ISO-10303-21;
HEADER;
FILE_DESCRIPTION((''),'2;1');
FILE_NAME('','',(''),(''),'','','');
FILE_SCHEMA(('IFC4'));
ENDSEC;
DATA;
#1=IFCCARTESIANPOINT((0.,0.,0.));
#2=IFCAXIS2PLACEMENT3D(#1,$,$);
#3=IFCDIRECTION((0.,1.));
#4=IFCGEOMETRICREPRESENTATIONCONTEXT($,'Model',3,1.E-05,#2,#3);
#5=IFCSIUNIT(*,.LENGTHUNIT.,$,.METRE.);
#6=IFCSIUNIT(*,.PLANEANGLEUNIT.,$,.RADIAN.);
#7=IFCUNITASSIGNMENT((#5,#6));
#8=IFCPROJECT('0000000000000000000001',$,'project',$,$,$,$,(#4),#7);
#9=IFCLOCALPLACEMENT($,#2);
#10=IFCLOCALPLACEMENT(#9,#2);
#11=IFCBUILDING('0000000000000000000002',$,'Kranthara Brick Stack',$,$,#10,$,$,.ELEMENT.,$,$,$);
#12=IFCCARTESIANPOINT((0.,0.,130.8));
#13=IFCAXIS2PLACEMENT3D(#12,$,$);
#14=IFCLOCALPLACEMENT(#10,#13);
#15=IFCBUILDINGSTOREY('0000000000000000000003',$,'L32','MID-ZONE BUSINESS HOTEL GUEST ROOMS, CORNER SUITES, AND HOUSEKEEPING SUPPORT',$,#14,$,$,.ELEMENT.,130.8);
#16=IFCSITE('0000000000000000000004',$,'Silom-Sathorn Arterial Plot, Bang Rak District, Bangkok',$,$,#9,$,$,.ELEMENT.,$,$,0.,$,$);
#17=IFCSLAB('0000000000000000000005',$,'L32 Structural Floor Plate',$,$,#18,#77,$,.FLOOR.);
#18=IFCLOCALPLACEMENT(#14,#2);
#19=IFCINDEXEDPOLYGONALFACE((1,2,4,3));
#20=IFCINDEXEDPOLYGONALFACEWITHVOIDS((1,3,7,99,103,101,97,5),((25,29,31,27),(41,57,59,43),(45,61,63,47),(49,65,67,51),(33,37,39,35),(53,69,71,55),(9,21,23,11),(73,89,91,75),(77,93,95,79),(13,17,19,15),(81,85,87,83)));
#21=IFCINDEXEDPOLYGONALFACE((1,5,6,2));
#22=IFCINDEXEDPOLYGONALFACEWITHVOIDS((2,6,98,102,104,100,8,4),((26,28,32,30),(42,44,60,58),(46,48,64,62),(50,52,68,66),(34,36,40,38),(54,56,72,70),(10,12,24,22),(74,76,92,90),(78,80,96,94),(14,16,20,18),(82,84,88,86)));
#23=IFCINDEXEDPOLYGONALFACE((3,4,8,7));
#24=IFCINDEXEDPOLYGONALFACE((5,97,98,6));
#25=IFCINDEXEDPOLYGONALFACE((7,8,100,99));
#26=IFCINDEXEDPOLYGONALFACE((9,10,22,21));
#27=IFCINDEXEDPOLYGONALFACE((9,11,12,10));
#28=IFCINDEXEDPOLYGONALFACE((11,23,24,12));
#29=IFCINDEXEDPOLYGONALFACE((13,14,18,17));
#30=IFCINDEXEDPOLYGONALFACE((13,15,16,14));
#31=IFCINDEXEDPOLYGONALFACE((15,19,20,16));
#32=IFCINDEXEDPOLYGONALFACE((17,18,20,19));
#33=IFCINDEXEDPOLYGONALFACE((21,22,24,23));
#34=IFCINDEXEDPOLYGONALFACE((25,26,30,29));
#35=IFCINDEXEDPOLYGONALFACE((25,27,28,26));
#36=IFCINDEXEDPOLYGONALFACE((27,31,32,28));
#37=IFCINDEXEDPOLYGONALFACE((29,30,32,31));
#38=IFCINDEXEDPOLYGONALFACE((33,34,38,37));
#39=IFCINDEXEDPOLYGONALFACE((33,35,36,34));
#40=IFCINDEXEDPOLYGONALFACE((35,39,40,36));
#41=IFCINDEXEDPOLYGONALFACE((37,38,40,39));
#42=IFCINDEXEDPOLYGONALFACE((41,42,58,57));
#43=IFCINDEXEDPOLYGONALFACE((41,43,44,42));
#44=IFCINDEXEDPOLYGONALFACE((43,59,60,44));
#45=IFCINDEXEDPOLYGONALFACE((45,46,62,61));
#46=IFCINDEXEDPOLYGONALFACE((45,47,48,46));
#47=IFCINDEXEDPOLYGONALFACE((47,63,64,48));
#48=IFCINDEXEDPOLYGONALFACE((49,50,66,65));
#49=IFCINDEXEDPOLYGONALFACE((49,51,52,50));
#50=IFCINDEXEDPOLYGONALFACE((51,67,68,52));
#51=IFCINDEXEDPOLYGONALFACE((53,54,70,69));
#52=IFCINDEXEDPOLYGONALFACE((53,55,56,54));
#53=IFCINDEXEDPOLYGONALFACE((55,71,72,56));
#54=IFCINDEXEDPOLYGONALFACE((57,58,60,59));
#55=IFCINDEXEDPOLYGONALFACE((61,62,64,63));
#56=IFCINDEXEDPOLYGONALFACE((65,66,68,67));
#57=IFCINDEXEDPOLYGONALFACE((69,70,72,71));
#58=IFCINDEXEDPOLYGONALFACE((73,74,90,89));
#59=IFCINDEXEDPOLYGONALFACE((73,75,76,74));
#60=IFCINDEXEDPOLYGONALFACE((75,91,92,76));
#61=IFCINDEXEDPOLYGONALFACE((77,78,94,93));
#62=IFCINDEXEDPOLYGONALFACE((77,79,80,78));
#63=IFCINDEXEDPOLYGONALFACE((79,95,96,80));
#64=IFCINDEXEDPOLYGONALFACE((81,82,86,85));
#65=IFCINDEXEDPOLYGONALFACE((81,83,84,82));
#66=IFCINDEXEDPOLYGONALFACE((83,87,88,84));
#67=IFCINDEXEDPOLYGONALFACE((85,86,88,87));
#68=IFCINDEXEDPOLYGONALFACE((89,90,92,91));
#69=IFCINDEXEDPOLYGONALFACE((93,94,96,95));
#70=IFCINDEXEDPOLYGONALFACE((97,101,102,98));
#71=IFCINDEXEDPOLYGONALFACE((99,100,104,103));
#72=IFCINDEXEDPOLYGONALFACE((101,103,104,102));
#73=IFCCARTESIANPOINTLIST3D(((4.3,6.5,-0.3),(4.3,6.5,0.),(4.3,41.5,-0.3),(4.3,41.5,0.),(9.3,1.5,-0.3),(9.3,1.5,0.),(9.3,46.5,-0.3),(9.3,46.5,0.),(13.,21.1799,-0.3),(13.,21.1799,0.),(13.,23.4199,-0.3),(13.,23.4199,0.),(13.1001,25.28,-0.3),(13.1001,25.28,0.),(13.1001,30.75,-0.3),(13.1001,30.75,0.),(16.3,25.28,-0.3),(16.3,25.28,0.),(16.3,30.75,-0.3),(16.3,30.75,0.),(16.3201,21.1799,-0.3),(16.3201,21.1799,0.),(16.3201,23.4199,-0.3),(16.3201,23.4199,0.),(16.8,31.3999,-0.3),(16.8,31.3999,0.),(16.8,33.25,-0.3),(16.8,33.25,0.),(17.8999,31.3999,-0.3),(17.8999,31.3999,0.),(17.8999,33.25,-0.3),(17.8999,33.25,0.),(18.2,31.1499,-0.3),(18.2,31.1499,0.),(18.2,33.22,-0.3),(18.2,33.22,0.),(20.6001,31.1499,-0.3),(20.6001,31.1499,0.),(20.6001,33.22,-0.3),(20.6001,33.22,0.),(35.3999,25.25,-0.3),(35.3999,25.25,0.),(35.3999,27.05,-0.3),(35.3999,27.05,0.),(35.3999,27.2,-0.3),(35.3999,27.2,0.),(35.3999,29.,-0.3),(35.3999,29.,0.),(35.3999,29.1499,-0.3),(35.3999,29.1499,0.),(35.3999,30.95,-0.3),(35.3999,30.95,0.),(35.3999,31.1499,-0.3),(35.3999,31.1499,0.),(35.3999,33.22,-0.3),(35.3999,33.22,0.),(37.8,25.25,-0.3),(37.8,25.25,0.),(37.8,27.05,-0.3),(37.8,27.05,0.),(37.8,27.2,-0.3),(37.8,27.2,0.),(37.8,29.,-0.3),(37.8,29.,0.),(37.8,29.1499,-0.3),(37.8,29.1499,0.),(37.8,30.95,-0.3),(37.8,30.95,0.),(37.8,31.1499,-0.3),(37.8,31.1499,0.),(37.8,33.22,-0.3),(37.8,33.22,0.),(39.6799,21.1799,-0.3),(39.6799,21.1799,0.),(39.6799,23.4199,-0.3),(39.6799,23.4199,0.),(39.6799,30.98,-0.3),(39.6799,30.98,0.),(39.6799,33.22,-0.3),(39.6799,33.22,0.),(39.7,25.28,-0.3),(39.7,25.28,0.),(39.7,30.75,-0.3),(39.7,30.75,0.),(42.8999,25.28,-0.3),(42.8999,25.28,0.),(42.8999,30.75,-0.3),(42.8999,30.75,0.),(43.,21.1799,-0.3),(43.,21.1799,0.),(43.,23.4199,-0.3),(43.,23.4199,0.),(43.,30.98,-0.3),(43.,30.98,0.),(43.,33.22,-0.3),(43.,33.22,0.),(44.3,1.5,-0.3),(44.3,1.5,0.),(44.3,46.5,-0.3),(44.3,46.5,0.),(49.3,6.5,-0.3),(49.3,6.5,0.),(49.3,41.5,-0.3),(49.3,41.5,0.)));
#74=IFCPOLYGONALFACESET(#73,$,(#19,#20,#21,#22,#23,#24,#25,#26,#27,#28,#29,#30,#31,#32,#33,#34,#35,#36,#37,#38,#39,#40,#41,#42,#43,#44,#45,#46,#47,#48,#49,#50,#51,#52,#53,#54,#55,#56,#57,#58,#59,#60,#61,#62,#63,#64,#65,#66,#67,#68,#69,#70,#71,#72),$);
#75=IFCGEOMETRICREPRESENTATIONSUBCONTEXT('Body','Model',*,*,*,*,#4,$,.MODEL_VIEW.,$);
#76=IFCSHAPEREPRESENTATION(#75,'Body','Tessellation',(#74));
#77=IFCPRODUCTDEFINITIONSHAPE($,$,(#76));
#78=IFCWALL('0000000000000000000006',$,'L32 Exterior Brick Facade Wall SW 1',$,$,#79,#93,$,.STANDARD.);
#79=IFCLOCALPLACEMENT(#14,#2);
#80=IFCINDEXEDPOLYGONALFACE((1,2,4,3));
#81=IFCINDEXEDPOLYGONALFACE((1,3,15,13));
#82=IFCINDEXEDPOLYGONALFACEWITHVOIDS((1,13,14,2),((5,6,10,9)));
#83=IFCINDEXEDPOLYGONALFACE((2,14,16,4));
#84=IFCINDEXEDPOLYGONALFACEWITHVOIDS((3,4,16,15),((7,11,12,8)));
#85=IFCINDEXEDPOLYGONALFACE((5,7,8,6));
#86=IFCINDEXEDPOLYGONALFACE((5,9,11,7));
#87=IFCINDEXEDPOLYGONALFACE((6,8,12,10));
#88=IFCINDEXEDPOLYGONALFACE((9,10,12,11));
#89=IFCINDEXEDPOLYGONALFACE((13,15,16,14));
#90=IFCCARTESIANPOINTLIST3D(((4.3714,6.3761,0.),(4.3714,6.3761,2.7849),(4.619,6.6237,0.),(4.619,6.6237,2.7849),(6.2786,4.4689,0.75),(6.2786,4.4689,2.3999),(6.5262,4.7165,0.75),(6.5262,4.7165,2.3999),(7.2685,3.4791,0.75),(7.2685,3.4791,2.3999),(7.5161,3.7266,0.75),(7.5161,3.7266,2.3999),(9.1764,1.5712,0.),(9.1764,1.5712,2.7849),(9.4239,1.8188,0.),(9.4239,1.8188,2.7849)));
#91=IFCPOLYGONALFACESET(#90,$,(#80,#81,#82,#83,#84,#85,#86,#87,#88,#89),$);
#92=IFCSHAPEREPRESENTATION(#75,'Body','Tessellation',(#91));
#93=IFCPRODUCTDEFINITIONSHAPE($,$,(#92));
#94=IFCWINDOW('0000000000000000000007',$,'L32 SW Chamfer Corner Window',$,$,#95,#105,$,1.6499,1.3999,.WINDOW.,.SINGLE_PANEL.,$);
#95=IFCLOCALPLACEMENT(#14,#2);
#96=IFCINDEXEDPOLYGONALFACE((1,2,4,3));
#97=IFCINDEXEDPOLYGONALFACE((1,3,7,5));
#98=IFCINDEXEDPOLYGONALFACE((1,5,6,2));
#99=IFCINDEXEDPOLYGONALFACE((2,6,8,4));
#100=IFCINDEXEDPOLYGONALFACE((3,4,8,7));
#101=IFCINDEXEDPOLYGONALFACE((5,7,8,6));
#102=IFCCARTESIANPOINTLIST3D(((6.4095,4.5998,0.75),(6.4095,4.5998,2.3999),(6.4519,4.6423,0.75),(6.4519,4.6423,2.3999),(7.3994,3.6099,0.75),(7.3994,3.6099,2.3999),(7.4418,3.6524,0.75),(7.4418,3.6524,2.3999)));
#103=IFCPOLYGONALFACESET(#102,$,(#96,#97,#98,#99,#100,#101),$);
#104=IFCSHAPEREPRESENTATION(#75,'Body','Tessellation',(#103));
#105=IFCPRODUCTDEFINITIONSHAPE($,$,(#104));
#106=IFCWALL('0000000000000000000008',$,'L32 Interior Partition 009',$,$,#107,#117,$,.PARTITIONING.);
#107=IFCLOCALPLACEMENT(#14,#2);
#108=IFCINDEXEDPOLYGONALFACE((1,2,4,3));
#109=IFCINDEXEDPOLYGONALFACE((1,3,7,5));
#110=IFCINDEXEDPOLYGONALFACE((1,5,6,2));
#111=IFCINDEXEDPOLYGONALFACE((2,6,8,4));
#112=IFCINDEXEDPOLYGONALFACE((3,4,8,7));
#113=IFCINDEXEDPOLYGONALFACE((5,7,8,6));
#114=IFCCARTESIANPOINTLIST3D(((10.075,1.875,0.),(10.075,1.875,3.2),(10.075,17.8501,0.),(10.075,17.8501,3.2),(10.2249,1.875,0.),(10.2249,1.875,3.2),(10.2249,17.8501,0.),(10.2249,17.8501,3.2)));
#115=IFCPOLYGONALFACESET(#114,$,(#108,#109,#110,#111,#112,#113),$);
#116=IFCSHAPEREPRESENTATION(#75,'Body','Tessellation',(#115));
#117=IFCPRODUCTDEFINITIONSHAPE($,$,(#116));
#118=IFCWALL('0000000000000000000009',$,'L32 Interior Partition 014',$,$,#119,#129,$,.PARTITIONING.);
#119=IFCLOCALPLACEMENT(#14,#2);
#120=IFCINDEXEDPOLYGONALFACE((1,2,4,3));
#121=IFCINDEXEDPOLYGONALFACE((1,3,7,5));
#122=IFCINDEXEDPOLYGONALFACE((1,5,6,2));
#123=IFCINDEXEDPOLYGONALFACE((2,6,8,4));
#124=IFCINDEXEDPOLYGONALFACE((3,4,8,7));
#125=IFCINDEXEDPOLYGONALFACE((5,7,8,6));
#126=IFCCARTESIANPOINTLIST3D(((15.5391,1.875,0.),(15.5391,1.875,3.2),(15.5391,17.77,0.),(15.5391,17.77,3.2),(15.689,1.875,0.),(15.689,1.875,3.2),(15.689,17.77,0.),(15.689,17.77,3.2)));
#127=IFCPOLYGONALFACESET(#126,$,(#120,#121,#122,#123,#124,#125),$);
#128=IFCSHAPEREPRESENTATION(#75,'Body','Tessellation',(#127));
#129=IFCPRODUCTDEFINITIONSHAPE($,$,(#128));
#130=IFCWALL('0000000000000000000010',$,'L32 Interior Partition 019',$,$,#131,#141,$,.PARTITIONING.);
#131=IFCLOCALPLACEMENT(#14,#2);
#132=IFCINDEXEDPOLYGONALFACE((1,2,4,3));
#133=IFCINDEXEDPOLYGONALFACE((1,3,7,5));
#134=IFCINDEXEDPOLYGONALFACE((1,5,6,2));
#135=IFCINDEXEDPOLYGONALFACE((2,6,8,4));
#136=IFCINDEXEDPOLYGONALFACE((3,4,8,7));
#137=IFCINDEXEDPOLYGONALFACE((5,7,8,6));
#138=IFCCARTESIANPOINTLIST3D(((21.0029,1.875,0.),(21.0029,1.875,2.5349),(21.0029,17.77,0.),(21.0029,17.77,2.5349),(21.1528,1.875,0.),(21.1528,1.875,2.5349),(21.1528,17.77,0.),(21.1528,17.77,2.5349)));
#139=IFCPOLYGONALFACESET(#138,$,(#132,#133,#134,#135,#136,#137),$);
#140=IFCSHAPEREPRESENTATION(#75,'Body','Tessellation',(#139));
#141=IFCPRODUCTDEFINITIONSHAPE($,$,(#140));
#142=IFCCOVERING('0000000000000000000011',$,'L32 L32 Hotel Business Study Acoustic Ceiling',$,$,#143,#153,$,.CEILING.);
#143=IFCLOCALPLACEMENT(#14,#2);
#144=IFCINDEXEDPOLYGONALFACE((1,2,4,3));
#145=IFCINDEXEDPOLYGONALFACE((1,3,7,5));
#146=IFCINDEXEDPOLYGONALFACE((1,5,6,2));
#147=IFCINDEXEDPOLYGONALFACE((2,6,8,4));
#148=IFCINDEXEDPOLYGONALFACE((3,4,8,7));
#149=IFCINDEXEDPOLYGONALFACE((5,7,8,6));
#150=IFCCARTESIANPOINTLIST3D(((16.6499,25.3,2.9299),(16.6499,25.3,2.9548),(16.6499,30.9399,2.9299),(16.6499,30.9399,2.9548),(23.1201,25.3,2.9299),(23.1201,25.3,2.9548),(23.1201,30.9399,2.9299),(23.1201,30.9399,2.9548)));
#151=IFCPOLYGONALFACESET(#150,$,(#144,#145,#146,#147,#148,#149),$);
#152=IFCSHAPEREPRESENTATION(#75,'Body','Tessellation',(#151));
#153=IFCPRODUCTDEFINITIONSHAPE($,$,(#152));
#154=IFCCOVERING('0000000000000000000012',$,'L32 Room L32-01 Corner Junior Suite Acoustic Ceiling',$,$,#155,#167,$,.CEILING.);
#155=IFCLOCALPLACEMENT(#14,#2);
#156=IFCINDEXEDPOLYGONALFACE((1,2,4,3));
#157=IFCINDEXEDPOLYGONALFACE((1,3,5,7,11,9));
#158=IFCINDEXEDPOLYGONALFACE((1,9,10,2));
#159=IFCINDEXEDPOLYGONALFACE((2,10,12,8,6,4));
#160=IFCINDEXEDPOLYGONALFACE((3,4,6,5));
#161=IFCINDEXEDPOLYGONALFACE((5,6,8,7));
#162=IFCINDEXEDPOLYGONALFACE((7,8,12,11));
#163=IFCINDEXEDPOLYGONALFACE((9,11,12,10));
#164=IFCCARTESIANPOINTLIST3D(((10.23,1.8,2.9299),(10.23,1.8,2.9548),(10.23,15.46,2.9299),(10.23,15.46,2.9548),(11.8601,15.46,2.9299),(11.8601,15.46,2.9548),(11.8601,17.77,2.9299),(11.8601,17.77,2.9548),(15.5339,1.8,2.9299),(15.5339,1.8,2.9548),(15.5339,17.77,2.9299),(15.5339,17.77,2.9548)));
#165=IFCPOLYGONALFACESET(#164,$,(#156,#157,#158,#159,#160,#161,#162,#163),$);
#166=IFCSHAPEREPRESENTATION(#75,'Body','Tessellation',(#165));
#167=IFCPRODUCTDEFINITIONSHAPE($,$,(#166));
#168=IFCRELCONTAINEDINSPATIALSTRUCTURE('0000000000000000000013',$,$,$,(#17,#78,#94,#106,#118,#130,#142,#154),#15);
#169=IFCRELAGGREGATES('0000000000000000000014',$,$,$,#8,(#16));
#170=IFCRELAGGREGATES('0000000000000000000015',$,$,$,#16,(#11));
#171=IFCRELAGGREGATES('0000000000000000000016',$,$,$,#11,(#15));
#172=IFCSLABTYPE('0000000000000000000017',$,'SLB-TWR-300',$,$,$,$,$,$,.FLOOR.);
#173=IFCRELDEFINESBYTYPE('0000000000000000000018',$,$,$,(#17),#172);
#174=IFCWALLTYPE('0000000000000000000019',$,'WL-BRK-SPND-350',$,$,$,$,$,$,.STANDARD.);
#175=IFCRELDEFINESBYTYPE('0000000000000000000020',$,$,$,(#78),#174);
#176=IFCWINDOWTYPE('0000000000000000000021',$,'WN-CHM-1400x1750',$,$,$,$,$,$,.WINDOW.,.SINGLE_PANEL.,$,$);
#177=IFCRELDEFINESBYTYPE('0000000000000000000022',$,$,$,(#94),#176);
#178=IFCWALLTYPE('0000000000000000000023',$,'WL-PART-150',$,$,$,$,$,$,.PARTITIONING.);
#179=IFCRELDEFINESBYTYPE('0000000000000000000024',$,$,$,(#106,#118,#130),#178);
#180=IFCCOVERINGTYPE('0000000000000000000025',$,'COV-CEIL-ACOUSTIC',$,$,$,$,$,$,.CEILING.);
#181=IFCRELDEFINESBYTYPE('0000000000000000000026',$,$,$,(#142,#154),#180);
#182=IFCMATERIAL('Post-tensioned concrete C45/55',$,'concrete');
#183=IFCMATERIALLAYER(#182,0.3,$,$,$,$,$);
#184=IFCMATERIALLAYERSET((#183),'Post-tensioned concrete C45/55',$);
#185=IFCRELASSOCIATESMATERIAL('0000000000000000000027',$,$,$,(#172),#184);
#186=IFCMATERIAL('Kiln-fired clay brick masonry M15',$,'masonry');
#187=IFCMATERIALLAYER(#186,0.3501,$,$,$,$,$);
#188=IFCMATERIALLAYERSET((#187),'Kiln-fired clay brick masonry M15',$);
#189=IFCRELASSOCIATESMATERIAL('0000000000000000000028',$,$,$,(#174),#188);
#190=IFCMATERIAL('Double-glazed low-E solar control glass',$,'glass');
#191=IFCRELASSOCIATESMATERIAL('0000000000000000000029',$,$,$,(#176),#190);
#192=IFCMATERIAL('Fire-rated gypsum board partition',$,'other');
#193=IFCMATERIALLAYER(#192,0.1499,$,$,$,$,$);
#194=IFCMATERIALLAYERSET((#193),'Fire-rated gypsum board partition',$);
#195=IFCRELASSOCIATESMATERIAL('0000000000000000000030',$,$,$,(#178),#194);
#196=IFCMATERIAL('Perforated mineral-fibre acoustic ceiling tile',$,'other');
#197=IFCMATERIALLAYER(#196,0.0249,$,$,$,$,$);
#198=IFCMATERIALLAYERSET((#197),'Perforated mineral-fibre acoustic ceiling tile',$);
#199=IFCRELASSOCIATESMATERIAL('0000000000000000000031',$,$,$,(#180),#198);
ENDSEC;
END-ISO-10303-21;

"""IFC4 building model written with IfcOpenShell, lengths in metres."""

from ifc_helpers import new_model, si_unit, direction, frame, frame_2d, origin, place, context, subcontext, project, spatial, polyline, rectangle, outline, extrude, material, layer, layer_set, type_object, element, fill, save


model = new_model("IFC4")

# Units and contexts
model_context = context("Model", 3, precision=1e-05, world=origin(), true_north=direction((0.0, 1.0)))
body_context = subcontext(model_context, "Body", "Model", "MODEL_VIEW")
ifc_project = project(units=[si_unit("LENGTHUNIT", "METRE"), si_unit("PLANEANGLEUNIT", "RADIAN")], contexts=[model_context])

# Site, building, storey
site_placement = place(None, origin())
site = spatial("IfcSite", under=ifc_project, at=site_placement, Name="Silom-Sathorn Arterial Plot, Bang Rak District, Bangkok", CompositionType="ELEMENT", RefElevation=0.0)
building_placement = place(site_placement, origin())
building = spatial("IfcBuilding", under=site, at=building_placement, Name="Kranthara Brick Stack", CompositionType="ELEMENT")
storey_placement = place(building_placement, frame((0.0, 0.0, 130.8)))
storey = spatial("IfcBuildingStorey", under=building, at=storey_placement, Name="L32", Description="MID-ZONE BUSINESS HOTEL GUEST ROOMS, CORNER SUITES, AND HOUSEKEEPING SUPPORT", CompositionType="ELEMENT", Elevation=130.8)

# Slab
ifc_material_1 = material(Name="Post-tensioned concrete C45/55", Category="concrete")
ifc_layer_1 = layer(ifc_material_1, 0.3)
ifc_layer_set_1 = layer_set([ifc_layer_1], Name="Post-tensioned concrete C45/55")
slab_type_1 = type_object("IfcSlabType", Name="SLB-TWR-300", PredefinedType="FLOOR", material=ifc_layer_set_1)
slab_1_placement = place(storey_placement, frame((0.0, 0.0, -0.3)))
element("IfcSlab", 1, at=slab_1_placement, inside=storey, type_object=slab_type_1, Name="L32 Structural Floor Plate", PredefinedType="FLOOR", context=body_context, shape_type="SweptSolid", body=[
    extrude(outline(polyline([(9.3, 1.5), (44.3, 1.5), (49.3, 6.5), (49.3, 41.5), (44.3, 46.5), (9.3, 46.5), (4.3, 41.5), (4.3, 6.5), (9.3, 1.5)]), holes=[polyline([(13.1001, 25.28), (16.3, 25.28), (16.3, 30.75), (13.1001, 30.75), (13.1001, 25.28)]), polyline([(39.7, 25.28), (42.8999, 25.28), (42.8999, 30.75), (39.7, 30.75), (39.7, 25.28)]), polyline([(13.0, 21.1799), (16.3201, 21.1799), (16.3201, 23.4199), (13.0, 23.4199), (13.0, 21.1799)]), polyline([(39.6799, 21.1799), (43.0, 21.1799), (43.0, 23.4199), (39.6799, 23.4199), (39.6799, 21.1799)]), polyline([(39.6799, 30.98), (43.0, 30.98), (43.0, 33.22), (39.6799, 33.22), (39.6799, 30.98)]), polyline([(35.3999, 25.25), (37.8, 25.25), (37.8, 27.05), (35.3999, 27.05), (35.3999, 25.25)]), polyline([(35.3999, 27.2), (37.8, 27.2), (37.8, 29.0), (35.3999, 29.0), (35.3999, 27.2)]), polyline([(35.3999, 29.1499), (37.8, 29.1499), (37.8, 30.95), (35.3999, 30.95), (35.3999, 29.1499)]), polyline([(18.2, 31.1499), (20.6001, 31.1499), (20.6001, 33.22), (18.2, 33.22), (18.2, 31.1499)]), polyline([(35.3999, 31.1499), (37.8, 31.1499), (37.8, 33.22), (35.3999, 33.22), (35.3999, 31.1499)]), polyline([(16.8, 31.3999), (17.8999, 31.3999), (17.8999, 33.25), (16.8, 33.25), (16.8, 31.3999)])]), origin(), (0.0, 0.0, 1.0), 0.3),
])

# Wall, opening, window
ifc_material_2 = material(Name="Kiln-fired clay brick masonry M15", Category="masonry")
ifc_layer_2 = layer(ifc_material_2, 0.3501)
ifc_layer_set_2 = layer_set([ifc_layer_2], Name="Kiln-fired clay brick masonry M15")
wall_type_1 = type_object("IfcWallType", Name="WL-BRK-SPND-350", PredefinedType="STANDARD", material=ifc_layer_set_2)
wall_1_placement = place(storey_placement, frame((9.3, 1.6951, 0.0), z_axis=(0.0, 0.0, 1.0), x_axis=(-0.707107, 0.707107, 0.0)))
wall_1 = element("IfcWall", 2, at=wall_1_placement, inside=storey, type_object=wall_type_1, Name="L32 Exterior Brick Facade Wall SW 1", PredefinedType="STANDARD", context=body_context, shape_type="SweptSolid", body=[
    extrude(rectangle(XDim=6.7952, YDim=0.3501, at=frame_2d((3.3975, 0.0))), origin(), (0.0, 0.0, 1.0), 2.7849),
])
opening_placement = place(wall_1_placement, frame((2.698, 0.0, 0.75)))
opening = element("IfcOpeningElement", 3, at=opening_placement, cuts=wall_1, PredefinedType="OPENING", context=body_context, shape_type="SweptSolid", body=[
    extrude(rectangle(XDim=1.3999, YDim=1.6499, at=frame_2d((0.7, 0.825))), frame((0.0, 0.1851, 0.0), z_axis=(0.0, -1.0, 0.0), x_axis=(1.0, 0.0, 0.0)), (0.0, 0.0, 1.0), 0.3701),
])
ifc_material_3 = material(Name="Double-glazed low-E solar control glass", Category="glass")
window_type = type_object("IfcWindowType", Name="WN-CHM-1400x1750", PartitioningType="SINGLE_PANEL", PredefinedType="WINDOW", material=ifc_material_3)
window_placement = place(opening_placement, origin())
window = element("IfcWindow", 4, at=window_placement, inside=storey, type_object=window_type, Name="L32 SW Chamfer Corner Window", OverallHeight=1.6499, OverallWidth=1.3999, PartitioningType="SINGLE_PANEL", PredefinedType="WINDOW", context=body_context, shape_type="SweptSolid", body=[
    extrude(rectangle(XDim=1.3999, YDim=1.6499, at=frame_2d((0.7, 0.825))), frame((0.0, -0.01, 0.0), z_axis=(0.0, -1.0, 0.0), x_axis=(1.0, 0.0, 0.0)), (0.0, 0.0, 1.0), 0.0601),
])
fill(opening, window)

# Walls
ifc_material_4 = material(Name="Fire-rated gypsum board partition", Category="other")
ifc_layer_3 = layer(ifc_material_4, 0.1499)
ifc_layer_set_3 = layer_set([ifc_layer_3], Name="Fire-rated gypsum board partition")
wall_type_2 = type_object("IfcWallType", Name="WL-PART-150", PredefinedType="PARTITIONING", material=ifc_layer_set_3)
wall_2_placement = place(storey_placement, frame((10.1499, 1.875, 0.0), z_axis=(0.0, 0.0, 1.0), x_axis=(0.0, 1.0, 0.0)))
element("IfcWall", 5, at=wall_2_placement, inside=storey, type_object=wall_type_2, Name="L32 Interior Partition 009", PredefinedType="PARTITIONING", context=body_context, shape_type="SweptSolid", body=[
    extrude(rectangle(XDim=15.9751, YDim=0.1499, at=frame_2d((7.9875, 0.0))), origin(), (0.0, 0.0, 1.0), 3.2),
])
wall_3_placement = place(storey_placement, frame((15.614, 1.875, 0.0), z_axis=(0.0, 0.0, 1.0), x_axis=(0.0, 1.0, 0.0)))
element("IfcWall", 6, at=wall_3_placement, inside=storey, type_object=wall_type_2, Name="L32 Interior Partition 014", PredefinedType="PARTITIONING", context=body_context, shape_type="SweptSolid", body=[
    extrude(rectangle(XDim=15.895, YDim=0.1499, at=frame_2d((7.9475, 0.0))), origin(), (0.0, 0.0, 1.0), 3.2),
])
wall_4_placement = place(storey_placement, frame((21.0779, 1.875, 0.0), z_axis=(0.0, 0.0, 1.0), x_axis=(0.0, 1.0, 0.0)))
element("IfcWall", 7, at=wall_4_placement, inside=storey, type_object=wall_type_2, Name="L32 Interior Partition 019", PredefinedType="PARTITIONING", context=body_context, shape_type="SweptSolid", body=[
    extrude(rectangle(XDim=15.895, YDim=0.1499, at=frame_2d((7.9475, 0.0))), origin(), (0.0, 0.0, 1.0), 2.5349),
])

# Coverings
ifc_material_5 = material(Name="Perforated mineral-fibre acoustic ceiling tile", Category="other")
ifc_layer_4 = layer(ifc_material_5, 0.0249)
ifc_layer_set_4 = layer_set([ifc_layer_4], Name="Perforated mineral-fibre acoustic ceiling tile")
covering_type_1 = type_object("IfcCoveringType", Name="COV-CEIL-ACOUSTIC", PredefinedType="CEILING", material=ifc_layer_set_4)
covering_1_placement = place(storey_placement, frame((0.0, 0.0, 2.9299)))
element("IfcCovering", 8, at=covering_1_placement, inside=storey, type_object=covering_type_1, Name="L32 L32 Hotel Business Study Acoustic Ceiling", PredefinedType="CEILING", context=body_context, shape_type="SweptSolid", body=[
    extrude(outline(polyline([(23.1201, 25.3), (23.1201, 30.9399), (16.6499, 30.9399), (16.6499, 25.3), (23.1201, 25.3)])), origin(), (0.0, 0.0, 1.0), 0.0249),
])
covering_2_placement = place(storey_placement, frame((0.0, 0.0, 2.9299)))
element("IfcCovering", 9, at=covering_2_placement, inside=storey, type_object=covering_type_1, Name="L32 Room L32-01 Corner Junior Suite Acoustic Ceiling", PredefinedType="CEILING", context=body_context, shape_type="SweptSolid", body=[
    extrude(outline(polyline([(10.23, 1.8), (15.5339, 1.8), (15.5339, 17.77), (11.8601, 17.77), (11.8601, 15.46), (10.23, 15.46), (10.23, 1.8)])), origin(), (0.0, 0.0, 1.0), 0.0249),
])

save(model, "model.ifc")
